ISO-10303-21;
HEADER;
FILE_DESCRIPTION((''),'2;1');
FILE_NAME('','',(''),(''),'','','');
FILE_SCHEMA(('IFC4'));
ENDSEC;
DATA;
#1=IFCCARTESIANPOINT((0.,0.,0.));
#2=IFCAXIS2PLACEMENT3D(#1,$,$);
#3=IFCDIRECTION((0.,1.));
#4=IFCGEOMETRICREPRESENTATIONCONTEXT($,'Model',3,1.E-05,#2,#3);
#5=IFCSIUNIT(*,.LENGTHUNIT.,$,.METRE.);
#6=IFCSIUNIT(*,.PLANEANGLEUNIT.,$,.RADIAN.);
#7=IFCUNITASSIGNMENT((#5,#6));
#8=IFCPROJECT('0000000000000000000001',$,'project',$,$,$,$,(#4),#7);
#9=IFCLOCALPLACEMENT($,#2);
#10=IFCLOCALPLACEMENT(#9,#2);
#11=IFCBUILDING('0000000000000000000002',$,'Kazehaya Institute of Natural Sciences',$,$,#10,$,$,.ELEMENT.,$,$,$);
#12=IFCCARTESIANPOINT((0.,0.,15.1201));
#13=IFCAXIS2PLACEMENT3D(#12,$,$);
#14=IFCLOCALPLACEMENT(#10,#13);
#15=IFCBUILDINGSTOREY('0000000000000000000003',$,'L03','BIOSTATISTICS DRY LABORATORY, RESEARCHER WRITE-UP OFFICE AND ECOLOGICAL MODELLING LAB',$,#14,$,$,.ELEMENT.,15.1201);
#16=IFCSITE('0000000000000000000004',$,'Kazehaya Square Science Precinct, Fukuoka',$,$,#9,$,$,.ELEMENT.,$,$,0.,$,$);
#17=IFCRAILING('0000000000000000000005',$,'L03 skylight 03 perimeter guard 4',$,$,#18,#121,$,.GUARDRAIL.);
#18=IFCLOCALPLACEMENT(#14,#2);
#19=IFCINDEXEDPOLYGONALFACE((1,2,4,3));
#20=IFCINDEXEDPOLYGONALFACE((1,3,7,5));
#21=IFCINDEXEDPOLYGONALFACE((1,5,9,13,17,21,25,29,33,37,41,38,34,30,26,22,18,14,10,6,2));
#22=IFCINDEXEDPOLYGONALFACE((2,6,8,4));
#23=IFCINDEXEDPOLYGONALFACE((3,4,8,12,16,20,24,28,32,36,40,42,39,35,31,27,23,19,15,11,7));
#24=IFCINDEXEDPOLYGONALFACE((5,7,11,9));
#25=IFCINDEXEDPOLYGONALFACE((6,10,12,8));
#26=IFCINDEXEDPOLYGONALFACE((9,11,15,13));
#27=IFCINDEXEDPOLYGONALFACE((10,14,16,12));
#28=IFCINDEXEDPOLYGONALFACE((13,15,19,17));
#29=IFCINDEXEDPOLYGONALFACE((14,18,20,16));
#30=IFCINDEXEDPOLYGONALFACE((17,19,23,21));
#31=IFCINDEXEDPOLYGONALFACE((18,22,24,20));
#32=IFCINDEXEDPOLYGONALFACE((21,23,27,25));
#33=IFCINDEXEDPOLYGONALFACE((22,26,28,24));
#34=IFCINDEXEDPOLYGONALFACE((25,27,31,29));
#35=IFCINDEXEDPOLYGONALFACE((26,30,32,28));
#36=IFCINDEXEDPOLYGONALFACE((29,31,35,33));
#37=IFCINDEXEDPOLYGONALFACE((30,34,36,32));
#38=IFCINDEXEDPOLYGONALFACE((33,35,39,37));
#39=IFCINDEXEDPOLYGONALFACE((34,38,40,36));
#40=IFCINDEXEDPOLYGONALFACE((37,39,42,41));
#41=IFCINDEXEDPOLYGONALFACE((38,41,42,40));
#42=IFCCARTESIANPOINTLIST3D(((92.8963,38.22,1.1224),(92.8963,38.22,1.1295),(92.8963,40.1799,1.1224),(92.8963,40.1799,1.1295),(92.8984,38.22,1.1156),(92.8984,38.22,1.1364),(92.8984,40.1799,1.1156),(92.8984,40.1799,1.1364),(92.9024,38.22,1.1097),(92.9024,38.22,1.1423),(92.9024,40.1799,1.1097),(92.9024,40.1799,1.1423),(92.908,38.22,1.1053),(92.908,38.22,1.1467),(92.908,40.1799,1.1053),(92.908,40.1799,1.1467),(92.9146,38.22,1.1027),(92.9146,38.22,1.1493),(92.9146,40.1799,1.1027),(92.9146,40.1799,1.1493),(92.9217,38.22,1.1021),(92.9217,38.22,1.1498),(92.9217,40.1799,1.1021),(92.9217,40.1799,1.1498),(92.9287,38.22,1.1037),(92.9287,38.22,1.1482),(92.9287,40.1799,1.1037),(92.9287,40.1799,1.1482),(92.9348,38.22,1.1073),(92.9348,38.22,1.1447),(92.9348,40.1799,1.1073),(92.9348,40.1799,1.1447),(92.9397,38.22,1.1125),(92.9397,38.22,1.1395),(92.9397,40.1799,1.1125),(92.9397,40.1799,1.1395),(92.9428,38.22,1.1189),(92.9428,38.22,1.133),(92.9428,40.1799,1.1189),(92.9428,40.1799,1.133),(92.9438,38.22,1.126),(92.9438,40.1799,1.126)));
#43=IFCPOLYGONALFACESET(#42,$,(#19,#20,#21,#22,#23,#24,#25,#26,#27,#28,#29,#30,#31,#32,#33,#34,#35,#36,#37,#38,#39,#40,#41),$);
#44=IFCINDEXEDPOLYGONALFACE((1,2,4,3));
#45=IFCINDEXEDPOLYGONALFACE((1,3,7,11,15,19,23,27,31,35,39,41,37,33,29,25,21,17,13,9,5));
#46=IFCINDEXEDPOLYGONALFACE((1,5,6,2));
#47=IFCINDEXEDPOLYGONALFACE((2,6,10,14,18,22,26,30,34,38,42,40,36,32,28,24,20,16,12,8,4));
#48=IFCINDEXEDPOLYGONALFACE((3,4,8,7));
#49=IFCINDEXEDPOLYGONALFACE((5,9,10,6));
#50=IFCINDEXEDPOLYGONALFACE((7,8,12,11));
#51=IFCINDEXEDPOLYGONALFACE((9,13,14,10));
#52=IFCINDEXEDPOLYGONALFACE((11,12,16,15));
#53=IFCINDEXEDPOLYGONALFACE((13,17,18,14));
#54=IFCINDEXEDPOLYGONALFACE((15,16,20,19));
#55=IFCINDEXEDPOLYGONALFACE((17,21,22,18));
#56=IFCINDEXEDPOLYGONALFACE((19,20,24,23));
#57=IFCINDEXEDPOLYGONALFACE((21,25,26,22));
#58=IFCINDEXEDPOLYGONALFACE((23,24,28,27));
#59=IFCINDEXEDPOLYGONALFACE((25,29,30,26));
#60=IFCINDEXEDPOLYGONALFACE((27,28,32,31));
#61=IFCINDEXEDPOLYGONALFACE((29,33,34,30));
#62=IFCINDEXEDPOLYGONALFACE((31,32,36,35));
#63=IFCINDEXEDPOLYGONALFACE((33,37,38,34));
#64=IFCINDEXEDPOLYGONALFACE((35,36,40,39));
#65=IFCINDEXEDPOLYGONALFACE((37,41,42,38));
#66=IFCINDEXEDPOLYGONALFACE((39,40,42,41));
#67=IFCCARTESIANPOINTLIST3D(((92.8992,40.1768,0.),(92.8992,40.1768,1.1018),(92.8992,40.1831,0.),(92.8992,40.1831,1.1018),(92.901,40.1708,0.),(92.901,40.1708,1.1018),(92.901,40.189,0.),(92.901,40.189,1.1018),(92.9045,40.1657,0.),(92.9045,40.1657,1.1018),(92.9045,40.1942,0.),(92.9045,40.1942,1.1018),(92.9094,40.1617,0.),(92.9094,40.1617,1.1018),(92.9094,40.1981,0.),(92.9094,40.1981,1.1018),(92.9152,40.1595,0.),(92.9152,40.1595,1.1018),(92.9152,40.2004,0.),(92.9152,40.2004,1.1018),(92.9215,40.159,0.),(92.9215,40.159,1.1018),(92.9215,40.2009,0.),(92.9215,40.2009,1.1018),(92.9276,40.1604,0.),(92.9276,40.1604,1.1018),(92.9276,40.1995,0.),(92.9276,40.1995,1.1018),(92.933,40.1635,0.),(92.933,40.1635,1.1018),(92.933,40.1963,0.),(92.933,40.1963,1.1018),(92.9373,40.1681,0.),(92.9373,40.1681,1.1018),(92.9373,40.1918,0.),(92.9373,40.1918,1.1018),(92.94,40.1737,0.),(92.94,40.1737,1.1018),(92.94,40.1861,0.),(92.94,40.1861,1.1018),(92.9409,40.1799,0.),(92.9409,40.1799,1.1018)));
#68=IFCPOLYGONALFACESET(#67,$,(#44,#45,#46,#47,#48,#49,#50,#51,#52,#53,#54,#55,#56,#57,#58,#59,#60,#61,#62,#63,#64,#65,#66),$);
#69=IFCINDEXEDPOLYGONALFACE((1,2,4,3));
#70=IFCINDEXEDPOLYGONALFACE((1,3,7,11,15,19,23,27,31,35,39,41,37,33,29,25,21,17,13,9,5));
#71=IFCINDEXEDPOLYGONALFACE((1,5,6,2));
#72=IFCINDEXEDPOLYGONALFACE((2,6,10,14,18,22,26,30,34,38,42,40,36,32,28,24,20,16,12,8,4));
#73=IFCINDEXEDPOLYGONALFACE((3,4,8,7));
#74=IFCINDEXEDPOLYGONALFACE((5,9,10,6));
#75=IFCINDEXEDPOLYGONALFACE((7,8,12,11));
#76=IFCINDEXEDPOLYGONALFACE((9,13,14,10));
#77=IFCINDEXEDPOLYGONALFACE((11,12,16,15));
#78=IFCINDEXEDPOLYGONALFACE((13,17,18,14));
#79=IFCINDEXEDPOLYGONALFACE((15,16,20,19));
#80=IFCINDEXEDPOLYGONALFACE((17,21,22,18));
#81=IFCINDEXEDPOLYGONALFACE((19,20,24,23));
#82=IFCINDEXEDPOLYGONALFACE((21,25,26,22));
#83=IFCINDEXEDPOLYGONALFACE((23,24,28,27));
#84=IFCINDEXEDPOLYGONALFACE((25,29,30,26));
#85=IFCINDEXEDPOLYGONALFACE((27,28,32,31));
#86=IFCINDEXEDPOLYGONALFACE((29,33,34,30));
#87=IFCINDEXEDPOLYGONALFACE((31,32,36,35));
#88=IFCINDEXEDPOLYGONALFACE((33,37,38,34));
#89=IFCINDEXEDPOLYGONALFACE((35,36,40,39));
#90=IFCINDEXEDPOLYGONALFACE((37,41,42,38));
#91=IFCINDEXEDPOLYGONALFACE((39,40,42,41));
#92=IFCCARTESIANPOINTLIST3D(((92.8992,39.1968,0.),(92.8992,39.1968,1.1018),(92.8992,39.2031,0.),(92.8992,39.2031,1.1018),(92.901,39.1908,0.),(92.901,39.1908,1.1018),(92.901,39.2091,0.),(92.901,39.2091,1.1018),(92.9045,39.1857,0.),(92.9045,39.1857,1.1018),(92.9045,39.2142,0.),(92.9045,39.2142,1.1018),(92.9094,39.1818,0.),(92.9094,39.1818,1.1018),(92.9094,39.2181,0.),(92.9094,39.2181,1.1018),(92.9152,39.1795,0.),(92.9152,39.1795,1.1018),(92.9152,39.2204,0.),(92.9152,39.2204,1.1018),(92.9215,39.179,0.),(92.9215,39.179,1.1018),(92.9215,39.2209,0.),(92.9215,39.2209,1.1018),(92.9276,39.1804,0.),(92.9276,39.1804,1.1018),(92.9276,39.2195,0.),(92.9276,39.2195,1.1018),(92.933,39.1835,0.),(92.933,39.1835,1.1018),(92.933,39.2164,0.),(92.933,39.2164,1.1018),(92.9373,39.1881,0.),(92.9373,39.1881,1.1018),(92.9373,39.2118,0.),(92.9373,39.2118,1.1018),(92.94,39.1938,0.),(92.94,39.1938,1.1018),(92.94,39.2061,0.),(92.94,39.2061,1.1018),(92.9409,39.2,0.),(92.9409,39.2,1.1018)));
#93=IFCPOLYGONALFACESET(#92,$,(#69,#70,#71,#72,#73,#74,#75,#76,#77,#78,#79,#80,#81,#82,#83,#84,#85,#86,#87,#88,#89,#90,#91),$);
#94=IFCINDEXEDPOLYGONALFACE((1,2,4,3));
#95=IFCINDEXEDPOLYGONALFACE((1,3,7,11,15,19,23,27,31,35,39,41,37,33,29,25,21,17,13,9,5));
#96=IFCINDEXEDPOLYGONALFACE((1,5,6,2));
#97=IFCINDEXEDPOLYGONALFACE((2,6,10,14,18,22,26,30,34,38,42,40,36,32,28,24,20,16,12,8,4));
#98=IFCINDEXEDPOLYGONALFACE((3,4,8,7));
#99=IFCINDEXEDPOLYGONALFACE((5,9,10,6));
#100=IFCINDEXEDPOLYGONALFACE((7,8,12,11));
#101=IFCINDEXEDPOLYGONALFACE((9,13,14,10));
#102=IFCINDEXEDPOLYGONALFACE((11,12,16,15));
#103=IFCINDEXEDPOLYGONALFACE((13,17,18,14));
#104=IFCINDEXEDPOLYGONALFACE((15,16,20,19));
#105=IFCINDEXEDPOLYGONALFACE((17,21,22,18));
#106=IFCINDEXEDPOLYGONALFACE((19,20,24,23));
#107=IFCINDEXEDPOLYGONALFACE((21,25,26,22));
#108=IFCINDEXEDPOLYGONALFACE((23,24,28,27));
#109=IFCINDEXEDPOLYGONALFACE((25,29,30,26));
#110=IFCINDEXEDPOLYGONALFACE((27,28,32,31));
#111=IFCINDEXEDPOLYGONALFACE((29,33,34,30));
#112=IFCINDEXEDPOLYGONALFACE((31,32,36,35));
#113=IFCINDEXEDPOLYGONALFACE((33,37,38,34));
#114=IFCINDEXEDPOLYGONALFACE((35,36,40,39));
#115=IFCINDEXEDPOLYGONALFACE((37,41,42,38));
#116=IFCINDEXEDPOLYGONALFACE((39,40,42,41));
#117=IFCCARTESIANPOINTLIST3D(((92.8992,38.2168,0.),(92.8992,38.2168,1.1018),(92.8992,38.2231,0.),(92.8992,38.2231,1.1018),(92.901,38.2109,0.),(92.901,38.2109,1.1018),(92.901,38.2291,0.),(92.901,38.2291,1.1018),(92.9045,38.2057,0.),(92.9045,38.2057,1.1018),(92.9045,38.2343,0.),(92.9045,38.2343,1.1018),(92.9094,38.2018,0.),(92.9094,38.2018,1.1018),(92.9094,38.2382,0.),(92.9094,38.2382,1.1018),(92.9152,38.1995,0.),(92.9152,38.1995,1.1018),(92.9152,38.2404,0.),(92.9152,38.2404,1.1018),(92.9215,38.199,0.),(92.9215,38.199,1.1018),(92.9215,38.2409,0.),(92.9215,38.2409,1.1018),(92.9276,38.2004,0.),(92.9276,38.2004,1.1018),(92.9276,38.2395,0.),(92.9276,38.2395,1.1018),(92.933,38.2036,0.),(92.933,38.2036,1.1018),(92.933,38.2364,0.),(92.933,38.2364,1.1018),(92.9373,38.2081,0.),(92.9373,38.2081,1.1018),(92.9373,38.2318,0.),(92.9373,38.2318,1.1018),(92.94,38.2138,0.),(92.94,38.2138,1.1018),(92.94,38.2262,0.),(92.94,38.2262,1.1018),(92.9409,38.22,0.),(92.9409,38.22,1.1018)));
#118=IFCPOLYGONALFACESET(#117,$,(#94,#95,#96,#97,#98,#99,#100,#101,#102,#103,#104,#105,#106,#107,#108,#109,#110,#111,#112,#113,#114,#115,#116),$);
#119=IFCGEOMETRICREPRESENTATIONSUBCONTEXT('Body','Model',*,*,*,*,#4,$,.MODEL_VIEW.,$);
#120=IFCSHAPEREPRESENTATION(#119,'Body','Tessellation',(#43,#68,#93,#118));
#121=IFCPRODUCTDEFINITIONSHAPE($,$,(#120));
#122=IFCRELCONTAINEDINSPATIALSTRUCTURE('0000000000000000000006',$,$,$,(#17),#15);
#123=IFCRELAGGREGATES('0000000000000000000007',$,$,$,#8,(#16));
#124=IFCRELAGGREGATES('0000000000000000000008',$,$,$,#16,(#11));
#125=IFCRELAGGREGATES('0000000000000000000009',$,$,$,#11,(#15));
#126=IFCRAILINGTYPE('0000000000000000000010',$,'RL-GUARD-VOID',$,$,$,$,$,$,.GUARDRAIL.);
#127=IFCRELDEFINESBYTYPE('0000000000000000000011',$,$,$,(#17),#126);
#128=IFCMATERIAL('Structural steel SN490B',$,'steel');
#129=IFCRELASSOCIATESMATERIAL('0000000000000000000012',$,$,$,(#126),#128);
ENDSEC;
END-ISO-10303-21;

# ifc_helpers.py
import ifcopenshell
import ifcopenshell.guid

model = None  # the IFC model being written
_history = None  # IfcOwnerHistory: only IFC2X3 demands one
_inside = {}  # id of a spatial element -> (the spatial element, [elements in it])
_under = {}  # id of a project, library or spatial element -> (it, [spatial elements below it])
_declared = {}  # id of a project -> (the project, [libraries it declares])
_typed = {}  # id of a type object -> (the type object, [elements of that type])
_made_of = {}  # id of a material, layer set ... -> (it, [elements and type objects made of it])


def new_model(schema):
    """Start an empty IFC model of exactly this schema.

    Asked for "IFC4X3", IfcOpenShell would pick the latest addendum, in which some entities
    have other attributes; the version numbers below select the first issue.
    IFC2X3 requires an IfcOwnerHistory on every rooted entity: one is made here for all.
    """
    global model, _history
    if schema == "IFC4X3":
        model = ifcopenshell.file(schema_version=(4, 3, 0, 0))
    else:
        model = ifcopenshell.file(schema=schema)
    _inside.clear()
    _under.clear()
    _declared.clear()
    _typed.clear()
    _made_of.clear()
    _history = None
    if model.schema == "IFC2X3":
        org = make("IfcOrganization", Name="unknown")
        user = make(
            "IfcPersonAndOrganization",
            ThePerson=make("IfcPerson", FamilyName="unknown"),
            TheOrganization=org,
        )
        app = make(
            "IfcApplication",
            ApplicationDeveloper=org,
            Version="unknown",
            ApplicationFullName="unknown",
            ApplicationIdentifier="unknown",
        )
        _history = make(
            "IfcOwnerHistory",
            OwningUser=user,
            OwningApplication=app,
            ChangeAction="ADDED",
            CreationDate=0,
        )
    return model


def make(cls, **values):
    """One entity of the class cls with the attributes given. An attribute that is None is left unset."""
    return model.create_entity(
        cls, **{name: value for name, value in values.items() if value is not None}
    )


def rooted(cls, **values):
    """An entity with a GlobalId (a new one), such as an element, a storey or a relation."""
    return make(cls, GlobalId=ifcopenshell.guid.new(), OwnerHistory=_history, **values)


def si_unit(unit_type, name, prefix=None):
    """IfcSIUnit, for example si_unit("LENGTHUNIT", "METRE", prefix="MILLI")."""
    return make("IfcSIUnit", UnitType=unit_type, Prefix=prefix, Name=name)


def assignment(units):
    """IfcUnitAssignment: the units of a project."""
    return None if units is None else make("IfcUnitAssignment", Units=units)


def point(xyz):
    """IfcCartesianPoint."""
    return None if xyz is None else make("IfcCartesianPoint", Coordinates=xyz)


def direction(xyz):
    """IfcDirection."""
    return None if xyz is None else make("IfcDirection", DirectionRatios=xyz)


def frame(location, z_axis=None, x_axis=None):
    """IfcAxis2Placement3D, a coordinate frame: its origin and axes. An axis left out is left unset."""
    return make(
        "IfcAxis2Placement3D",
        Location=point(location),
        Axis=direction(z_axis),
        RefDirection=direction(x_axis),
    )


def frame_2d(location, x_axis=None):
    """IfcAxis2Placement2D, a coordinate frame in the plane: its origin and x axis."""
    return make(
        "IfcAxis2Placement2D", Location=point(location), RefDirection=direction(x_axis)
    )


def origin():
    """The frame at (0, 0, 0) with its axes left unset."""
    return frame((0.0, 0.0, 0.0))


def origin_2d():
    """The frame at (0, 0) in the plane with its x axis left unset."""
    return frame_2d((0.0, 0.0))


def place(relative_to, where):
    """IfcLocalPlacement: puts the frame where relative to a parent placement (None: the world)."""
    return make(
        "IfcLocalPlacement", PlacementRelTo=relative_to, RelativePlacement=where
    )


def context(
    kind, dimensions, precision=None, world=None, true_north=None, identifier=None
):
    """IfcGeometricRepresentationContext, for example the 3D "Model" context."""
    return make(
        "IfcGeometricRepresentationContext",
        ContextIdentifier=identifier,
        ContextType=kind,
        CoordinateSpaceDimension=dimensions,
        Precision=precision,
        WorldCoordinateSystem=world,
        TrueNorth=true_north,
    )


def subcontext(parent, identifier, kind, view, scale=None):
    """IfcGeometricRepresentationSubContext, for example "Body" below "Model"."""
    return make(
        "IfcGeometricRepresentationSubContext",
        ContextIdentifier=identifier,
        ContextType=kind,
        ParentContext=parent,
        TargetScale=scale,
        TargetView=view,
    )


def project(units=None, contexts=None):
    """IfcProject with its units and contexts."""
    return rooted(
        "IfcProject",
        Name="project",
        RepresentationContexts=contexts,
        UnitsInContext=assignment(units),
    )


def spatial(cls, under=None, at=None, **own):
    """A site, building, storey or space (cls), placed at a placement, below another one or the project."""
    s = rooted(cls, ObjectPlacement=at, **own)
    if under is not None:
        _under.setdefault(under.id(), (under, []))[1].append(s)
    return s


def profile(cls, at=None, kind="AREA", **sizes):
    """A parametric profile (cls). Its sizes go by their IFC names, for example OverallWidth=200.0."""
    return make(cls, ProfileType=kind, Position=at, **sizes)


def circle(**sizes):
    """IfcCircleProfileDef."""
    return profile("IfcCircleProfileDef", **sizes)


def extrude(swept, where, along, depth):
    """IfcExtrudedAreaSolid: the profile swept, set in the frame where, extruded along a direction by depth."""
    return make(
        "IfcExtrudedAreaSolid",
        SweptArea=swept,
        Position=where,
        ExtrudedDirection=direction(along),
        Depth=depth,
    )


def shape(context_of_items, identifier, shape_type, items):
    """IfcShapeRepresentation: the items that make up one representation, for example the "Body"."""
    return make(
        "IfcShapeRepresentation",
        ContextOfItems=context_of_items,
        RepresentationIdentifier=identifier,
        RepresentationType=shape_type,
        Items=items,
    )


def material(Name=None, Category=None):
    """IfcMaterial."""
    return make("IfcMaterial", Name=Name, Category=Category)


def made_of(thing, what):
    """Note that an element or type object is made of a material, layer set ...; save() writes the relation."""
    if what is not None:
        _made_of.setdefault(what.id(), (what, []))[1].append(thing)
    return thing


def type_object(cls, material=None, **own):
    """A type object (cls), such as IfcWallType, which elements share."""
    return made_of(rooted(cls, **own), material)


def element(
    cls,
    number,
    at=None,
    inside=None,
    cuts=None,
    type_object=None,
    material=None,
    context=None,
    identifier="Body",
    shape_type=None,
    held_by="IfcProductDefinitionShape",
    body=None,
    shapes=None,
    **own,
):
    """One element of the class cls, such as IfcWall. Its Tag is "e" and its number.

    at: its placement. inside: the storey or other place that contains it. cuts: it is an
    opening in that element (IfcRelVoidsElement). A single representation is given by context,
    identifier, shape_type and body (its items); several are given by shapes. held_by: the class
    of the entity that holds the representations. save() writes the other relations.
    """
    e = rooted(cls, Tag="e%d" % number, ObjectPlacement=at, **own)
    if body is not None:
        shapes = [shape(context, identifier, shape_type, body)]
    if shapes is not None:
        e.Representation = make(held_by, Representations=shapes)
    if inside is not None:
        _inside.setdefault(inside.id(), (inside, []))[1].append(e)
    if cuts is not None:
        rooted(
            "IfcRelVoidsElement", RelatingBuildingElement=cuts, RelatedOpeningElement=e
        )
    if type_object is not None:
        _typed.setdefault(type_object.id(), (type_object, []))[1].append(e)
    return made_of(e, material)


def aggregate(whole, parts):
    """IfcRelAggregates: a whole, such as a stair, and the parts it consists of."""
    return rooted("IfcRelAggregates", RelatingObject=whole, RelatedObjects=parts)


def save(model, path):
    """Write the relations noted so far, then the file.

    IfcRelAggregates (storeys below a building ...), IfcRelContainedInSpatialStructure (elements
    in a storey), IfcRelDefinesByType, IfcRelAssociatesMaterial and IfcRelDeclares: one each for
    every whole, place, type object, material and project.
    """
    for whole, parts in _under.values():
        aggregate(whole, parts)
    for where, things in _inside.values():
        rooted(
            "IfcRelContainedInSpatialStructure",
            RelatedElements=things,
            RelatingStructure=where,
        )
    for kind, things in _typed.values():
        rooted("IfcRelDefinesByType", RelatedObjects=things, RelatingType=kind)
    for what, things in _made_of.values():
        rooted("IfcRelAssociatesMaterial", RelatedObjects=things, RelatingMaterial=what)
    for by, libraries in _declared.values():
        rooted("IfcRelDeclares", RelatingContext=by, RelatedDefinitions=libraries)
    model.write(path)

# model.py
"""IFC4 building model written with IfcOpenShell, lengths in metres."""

from ifc_helpers import new_model, si_unit, direction, frame, origin, origin_2d, place, context, subcontext, project, spatial, circle, extrude, material, type_object, element, save


model = new_model("IFC4")

# Units and contexts
model_context = context("Model", 3, precision=1e-05, world=origin(), true_north=direction((0.0, 1.0)))
body_context = subcontext(model_context, "Body", "Model", "MODEL_VIEW")
ifc_project = project(units=[si_unit("LENGTHUNIT", "METRE"), si_unit("PLANEANGLEUNIT", "RADIAN")], contexts=[model_context])

# Site, building, storey
site_placement = place(None, origin())
site = spatial("IfcSite", under=ifc_project, at=site_placement, Name="Kazehaya Square Science Precinct, Fukuoka", CompositionType="ELEMENT", RefElevation=0.0)
building_placement = place(site_placement, origin())
building = spatial("IfcBuilding", under=site, at=building_placement, Name="Kazehaya Institute of Natural Sciences", CompositionType="ELEMENT")
storey_placement = place(building_placement, frame((0.0, 0.0, 15.1201)))
storey = spatial("IfcBuildingStorey", under=building, at=storey_placement, Name="L03", Description="BIOSTATISTICS DRY LABORATORY, RESEARCHER WRITE-UP OFFICE AND ECOLOGICAL MODELLING LAB", CompositionType="ELEMENT", Elevation=15.1201)

# Railing
ifc_material_1 = material(Name="Structural steel SN490B", Category="steel")
railing_type = type_object("IfcRailingType", Name="RL-GUARD-VOID", PredefinedType="GUARDRAIL", material=ifc_material_1)
railing_1_placement = place(storey_placement, frame((92.9199, 40.1799, 0.0)))
element("IfcRailing", 1, at=railing_1_placement, inside=storey, type_object=railing_type, Name="L03 skylight 03 perimeter guard 4", PredefinedType="GUARDRAIL", context=body_context, shape_type="SweptSolid", body=[
    extrude(circle(Radius=0.0239, at=origin_2d()), frame((0.0, 0.0, 1.126), z_axis=(0.0, -1.0, 0.0), x_axis=(1.0, 0.0, 0.0)), (0.0, 0.0, 1.0), 1.96),
    extrude(circle(Radius=0.021, at=origin_2d()), origin(), (0.0, 0.0, 1.0), 1.1018),
    extrude(circle(Radius=0.021, at=origin_2d()), frame((0.0, -0.98, 0.0)), (0.0, 0.0, 1.0), 1.1018),
    extrude(circle(Radius=0.021, at=origin_2d()), frame((0.0, -1.96, 0.0)), (0.0, 0.0, 1.0), 1.1018),
])

save(model, "model.ifc")
